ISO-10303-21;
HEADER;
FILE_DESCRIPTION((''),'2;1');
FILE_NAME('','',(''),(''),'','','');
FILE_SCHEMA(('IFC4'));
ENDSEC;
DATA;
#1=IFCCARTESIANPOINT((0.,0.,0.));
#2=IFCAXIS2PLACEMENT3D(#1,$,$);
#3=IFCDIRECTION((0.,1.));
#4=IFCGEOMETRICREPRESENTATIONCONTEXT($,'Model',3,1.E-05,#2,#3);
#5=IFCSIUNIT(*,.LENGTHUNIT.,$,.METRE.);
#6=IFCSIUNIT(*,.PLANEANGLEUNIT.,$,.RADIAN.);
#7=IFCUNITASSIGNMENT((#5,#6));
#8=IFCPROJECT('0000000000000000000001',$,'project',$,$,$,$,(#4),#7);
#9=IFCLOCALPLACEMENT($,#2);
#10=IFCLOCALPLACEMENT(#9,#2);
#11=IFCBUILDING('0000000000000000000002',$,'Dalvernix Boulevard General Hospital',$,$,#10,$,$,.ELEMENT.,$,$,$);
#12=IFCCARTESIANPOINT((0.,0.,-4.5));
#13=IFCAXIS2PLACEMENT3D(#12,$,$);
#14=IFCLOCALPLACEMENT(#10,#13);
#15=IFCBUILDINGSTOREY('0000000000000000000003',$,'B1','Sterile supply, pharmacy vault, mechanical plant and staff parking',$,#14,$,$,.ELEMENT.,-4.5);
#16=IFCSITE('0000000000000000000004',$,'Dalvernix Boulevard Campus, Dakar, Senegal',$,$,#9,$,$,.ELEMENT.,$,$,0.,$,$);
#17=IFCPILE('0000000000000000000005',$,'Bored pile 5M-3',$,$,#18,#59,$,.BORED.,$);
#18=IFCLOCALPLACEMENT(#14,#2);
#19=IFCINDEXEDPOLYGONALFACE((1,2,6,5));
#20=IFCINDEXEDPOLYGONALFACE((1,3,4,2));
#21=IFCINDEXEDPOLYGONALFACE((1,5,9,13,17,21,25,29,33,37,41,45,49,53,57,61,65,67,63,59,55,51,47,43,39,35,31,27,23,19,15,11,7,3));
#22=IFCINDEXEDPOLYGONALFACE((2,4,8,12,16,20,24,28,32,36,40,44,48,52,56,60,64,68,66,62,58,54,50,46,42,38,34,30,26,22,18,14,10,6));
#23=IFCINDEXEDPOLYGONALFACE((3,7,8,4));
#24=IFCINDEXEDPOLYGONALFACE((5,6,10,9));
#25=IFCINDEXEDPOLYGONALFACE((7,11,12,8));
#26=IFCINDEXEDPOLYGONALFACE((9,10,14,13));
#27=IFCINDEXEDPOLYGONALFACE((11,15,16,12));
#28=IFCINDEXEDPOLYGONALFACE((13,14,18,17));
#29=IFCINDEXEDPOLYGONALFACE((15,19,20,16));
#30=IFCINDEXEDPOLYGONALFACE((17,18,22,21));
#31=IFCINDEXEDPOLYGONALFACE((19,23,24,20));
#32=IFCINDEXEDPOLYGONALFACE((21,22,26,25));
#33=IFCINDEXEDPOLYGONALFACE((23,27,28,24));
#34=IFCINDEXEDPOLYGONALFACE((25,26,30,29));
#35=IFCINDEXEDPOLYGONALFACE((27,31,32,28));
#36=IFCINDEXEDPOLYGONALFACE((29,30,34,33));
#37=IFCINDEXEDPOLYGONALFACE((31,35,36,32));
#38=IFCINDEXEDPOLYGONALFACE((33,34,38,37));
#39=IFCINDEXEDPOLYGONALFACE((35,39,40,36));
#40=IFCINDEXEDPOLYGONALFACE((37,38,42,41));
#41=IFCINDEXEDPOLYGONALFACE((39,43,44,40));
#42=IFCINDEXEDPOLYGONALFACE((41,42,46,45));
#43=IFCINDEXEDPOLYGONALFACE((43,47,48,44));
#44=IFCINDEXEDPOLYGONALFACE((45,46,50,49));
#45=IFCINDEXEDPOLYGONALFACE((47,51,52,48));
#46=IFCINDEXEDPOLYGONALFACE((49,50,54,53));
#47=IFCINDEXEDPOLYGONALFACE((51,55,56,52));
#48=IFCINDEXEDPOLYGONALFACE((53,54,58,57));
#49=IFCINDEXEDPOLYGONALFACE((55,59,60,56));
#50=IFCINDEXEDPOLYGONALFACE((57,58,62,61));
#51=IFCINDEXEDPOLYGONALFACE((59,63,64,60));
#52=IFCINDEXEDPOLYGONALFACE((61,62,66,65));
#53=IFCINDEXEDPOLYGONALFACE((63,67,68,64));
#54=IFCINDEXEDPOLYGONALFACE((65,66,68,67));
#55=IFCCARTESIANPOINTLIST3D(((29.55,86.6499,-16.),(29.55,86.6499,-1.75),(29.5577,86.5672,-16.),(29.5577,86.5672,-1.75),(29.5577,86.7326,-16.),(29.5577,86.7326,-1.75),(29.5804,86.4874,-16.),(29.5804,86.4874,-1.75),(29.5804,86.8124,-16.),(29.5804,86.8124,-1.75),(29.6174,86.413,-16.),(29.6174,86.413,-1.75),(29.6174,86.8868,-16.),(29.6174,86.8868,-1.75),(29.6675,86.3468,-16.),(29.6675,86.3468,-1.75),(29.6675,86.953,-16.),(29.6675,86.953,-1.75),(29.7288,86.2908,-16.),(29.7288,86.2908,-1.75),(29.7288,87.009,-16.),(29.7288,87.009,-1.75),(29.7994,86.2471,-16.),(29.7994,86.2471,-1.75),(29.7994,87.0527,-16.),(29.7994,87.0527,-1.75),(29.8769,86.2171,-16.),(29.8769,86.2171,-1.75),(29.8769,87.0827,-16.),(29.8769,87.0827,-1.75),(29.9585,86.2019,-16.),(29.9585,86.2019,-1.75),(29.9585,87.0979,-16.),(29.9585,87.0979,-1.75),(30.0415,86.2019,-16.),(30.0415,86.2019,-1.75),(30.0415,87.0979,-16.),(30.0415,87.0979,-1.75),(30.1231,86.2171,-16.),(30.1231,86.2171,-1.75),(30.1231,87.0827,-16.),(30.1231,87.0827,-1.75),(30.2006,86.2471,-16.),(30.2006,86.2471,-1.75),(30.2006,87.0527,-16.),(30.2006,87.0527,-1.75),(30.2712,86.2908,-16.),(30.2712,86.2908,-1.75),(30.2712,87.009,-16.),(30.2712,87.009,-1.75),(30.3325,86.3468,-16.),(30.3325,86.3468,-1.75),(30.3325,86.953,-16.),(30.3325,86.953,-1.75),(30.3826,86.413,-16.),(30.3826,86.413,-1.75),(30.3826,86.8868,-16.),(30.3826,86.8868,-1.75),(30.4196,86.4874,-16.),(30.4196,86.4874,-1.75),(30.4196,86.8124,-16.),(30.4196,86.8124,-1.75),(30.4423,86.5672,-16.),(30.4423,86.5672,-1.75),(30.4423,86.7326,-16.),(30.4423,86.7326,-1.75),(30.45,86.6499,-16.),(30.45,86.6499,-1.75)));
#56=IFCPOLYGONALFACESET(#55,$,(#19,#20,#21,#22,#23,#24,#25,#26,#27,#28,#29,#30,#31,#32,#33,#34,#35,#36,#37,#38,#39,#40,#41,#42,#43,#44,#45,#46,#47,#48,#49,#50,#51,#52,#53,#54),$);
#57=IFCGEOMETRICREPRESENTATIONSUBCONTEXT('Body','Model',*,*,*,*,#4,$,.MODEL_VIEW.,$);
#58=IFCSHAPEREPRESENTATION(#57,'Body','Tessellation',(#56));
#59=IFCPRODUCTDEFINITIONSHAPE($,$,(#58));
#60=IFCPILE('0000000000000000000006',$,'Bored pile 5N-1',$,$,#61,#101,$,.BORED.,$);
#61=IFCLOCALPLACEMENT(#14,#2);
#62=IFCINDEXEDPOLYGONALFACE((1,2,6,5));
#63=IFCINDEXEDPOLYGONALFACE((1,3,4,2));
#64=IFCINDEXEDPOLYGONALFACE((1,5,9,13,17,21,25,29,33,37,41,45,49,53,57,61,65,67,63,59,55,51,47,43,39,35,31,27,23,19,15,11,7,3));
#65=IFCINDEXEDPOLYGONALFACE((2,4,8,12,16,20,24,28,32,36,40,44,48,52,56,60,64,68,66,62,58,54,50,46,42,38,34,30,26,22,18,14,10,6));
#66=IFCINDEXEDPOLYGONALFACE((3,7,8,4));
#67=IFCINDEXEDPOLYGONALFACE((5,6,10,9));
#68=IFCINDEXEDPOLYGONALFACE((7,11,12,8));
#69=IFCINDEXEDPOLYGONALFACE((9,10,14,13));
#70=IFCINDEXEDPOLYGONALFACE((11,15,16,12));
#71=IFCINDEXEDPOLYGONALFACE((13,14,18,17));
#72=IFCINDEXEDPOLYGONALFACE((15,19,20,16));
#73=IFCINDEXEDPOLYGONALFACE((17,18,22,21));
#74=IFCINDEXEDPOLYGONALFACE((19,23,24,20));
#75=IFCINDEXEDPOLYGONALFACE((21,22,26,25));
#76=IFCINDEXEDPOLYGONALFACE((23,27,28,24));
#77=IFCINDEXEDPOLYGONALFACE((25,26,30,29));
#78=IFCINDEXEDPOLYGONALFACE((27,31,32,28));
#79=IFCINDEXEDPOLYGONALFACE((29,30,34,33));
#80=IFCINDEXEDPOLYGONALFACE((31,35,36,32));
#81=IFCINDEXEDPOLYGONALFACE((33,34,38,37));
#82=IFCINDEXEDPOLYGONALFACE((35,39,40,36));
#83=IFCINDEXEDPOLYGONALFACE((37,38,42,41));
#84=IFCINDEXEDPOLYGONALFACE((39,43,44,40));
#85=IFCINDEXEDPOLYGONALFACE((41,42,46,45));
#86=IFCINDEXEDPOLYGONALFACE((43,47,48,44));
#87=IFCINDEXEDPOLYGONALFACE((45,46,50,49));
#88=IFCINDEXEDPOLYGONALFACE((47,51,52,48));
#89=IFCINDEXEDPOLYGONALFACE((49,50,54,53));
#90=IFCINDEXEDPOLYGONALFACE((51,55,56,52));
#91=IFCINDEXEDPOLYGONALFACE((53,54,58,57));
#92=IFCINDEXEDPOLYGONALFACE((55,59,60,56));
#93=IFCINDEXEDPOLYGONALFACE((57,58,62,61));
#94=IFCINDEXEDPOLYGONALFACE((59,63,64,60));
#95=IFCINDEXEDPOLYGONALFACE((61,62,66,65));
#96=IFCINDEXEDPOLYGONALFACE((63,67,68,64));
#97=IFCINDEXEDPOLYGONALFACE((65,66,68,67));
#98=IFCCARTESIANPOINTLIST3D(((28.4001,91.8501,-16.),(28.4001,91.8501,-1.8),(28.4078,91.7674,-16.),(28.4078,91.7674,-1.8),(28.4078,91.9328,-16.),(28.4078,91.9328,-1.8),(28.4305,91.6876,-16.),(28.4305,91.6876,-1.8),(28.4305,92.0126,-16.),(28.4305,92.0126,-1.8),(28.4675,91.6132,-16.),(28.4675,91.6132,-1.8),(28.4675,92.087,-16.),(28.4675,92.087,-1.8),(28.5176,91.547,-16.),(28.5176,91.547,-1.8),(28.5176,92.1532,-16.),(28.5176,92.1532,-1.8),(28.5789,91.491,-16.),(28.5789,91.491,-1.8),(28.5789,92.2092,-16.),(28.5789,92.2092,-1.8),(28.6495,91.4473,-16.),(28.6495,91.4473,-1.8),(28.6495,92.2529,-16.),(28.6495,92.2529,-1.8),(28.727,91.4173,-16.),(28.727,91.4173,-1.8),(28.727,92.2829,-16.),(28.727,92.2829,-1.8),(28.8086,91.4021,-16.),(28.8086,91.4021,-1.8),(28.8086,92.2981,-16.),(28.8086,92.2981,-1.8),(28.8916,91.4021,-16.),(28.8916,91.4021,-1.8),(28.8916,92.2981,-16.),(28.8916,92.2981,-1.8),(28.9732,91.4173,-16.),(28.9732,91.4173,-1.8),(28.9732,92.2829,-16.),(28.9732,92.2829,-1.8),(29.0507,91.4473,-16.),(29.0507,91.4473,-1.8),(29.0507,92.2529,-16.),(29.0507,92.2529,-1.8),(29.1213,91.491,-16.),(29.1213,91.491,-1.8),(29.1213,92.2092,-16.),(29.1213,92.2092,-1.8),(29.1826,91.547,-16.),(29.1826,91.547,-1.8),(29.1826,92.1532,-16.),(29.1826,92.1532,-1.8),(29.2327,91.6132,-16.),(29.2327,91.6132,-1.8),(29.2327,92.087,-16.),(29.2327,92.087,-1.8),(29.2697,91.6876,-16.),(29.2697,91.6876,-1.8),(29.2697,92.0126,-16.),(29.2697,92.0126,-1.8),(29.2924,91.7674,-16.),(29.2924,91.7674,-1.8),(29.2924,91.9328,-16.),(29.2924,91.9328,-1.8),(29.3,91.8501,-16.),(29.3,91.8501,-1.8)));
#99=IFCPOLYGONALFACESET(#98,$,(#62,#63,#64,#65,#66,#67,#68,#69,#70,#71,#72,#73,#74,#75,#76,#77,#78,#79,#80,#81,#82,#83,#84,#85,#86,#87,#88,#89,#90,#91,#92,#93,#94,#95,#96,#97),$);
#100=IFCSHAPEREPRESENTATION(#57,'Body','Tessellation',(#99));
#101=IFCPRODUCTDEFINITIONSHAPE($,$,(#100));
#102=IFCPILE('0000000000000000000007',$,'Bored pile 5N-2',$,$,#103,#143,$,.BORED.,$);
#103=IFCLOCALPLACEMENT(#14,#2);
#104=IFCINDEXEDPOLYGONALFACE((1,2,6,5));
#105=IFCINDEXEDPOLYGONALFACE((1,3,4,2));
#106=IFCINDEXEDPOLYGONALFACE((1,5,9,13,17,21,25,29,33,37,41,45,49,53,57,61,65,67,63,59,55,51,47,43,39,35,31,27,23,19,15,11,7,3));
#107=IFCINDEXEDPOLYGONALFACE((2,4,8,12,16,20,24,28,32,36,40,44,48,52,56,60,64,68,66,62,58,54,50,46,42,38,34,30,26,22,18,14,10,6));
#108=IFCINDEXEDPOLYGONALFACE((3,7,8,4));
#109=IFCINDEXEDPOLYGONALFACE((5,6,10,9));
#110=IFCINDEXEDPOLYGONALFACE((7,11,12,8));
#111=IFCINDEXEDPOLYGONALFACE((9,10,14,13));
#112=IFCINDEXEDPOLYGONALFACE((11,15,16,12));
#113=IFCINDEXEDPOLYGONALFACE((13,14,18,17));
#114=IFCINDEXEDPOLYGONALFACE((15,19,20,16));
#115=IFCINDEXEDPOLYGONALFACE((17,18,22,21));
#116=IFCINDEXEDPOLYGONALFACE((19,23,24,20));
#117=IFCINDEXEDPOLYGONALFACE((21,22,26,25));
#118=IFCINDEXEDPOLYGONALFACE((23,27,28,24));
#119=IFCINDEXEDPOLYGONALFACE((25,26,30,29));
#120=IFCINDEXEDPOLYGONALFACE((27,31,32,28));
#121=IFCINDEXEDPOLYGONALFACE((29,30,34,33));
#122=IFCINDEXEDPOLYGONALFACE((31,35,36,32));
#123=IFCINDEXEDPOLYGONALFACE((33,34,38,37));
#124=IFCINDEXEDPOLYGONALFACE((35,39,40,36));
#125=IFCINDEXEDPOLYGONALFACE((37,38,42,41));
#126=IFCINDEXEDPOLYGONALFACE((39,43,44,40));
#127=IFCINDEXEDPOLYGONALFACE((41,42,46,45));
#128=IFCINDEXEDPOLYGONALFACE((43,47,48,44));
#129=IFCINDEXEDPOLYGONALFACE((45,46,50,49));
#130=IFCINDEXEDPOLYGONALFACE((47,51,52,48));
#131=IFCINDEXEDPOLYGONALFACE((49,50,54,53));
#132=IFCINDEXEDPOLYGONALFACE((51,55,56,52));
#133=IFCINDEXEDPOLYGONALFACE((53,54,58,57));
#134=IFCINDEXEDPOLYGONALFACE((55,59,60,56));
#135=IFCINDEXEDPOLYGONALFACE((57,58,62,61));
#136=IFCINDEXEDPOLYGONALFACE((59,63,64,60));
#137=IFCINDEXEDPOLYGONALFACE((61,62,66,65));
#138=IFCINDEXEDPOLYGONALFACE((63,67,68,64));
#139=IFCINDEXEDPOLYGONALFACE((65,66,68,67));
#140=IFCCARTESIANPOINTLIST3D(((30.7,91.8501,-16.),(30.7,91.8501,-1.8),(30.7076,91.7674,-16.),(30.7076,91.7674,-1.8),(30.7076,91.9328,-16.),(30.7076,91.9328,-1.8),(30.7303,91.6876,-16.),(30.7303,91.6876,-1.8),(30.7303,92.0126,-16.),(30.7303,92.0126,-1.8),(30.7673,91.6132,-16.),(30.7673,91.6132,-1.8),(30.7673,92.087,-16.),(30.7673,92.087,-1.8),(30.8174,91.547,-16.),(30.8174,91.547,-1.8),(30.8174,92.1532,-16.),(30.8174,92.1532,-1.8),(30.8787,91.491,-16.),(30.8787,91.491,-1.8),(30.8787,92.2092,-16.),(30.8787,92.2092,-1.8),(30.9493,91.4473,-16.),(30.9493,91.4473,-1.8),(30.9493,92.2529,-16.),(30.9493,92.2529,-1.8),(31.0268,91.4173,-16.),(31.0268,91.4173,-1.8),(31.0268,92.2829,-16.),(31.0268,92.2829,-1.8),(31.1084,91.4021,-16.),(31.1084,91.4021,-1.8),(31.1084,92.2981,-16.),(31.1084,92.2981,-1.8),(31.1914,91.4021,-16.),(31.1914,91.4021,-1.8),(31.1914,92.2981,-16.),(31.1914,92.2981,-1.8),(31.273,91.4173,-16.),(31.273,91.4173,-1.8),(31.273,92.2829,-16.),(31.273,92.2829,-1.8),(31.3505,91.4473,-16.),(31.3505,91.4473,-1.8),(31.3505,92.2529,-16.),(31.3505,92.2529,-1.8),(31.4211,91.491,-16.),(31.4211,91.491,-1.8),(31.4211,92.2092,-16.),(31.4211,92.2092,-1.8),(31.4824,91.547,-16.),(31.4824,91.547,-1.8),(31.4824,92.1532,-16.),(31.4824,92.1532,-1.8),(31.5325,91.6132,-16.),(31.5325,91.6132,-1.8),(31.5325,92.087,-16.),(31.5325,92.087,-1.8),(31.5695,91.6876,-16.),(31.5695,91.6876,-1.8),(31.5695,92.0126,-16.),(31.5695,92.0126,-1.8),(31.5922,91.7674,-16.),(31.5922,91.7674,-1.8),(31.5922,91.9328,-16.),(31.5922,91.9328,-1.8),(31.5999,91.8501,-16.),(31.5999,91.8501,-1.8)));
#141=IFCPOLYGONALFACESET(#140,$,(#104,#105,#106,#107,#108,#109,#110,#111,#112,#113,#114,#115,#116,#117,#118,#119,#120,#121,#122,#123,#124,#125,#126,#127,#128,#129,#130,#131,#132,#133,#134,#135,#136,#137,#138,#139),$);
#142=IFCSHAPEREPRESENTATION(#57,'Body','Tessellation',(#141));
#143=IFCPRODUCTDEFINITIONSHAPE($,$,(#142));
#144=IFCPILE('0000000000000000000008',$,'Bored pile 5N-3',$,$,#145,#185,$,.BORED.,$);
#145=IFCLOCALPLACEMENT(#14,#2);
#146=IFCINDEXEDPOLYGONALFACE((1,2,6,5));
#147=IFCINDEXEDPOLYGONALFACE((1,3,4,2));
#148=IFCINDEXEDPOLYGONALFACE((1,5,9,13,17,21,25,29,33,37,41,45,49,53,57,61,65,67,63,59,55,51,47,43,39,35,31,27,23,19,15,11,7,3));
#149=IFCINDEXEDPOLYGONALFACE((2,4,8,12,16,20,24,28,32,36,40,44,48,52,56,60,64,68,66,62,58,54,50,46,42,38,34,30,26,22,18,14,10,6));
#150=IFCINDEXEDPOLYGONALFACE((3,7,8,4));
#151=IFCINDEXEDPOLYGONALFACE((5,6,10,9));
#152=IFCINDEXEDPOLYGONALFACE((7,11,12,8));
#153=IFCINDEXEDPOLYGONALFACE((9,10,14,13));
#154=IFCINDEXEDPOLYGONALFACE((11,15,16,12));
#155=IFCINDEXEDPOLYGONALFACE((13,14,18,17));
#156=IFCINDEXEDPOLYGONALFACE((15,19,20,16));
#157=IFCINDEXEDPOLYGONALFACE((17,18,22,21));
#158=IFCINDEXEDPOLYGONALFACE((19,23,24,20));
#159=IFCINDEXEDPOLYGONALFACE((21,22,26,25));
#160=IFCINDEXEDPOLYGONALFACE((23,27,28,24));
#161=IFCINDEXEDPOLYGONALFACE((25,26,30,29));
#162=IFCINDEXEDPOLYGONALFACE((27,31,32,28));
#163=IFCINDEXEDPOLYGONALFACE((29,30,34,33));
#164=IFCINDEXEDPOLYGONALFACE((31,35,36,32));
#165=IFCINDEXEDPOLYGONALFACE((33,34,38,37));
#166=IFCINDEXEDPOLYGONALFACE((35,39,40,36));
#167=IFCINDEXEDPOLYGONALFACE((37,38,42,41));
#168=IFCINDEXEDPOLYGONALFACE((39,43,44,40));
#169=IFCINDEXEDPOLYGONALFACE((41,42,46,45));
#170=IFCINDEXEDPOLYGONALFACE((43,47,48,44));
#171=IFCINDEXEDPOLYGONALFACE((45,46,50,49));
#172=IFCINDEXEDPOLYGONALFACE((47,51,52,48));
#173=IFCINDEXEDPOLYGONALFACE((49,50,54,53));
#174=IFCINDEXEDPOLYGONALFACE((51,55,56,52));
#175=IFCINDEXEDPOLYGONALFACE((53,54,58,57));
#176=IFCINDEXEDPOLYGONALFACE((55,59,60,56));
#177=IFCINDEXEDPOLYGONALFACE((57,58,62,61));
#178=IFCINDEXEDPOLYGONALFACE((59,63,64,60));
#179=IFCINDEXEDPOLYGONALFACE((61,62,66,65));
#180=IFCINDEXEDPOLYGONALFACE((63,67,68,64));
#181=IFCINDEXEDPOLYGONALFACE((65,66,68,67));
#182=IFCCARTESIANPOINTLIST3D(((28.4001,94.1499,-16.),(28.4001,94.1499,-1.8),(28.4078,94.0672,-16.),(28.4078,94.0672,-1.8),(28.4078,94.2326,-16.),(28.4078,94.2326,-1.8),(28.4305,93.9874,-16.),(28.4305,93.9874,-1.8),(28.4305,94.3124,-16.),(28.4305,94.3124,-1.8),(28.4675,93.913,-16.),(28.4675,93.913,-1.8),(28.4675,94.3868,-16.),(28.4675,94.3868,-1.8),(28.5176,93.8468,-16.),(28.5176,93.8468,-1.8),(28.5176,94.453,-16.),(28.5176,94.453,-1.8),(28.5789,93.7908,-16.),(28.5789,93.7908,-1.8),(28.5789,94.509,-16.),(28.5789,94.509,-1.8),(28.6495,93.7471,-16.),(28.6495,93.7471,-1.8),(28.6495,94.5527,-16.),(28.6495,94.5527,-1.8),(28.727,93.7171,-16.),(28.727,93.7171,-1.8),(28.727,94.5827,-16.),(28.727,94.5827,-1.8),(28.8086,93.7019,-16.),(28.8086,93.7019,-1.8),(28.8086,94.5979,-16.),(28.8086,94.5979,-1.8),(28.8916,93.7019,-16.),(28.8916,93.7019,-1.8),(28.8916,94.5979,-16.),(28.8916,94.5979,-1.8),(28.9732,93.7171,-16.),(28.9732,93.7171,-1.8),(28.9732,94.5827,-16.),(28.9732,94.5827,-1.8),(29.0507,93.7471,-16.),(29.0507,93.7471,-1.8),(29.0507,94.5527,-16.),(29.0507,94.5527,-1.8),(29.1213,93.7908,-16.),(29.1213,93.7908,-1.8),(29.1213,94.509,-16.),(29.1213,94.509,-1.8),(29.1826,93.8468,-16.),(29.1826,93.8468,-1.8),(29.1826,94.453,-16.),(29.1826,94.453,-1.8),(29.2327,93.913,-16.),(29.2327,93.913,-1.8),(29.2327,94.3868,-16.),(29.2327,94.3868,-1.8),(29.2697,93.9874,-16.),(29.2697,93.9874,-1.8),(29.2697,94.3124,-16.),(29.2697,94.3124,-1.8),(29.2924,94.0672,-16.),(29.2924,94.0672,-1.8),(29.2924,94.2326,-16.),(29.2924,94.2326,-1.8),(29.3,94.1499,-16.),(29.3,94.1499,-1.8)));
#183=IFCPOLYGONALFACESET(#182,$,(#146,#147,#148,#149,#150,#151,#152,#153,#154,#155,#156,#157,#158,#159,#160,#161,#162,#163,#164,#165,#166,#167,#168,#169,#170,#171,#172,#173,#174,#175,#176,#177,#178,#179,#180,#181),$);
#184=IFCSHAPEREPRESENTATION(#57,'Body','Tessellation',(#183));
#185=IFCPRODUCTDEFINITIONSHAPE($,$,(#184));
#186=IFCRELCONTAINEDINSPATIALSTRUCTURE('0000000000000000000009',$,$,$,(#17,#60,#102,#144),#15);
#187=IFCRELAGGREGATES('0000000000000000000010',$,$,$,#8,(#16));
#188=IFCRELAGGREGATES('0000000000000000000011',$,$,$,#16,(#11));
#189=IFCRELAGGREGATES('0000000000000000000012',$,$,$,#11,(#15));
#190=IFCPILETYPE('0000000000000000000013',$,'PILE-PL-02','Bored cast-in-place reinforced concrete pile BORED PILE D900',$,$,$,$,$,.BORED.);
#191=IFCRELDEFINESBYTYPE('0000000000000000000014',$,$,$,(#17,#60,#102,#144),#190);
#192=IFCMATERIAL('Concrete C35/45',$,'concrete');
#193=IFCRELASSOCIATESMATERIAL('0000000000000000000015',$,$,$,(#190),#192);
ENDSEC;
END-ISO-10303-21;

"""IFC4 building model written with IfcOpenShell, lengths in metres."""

from ifc_helpers import new_model, si_unit, direction, frame, origin, origin_2d, place, context, subcontext, project, spatial, circle, extrude, material, material_profile, profile_set, type_object, element, save


model = new_model("IFC4")

# Units and contexts
model_context = context("Model", 3, precision=1e-05, world=origin(), true_north=direction((0.0, 1.0)))
body_context = subcontext(model_context, "Body", "Model", "MODEL_VIEW")
ifc_project = project(units=[si_unit("LENGTHUNIT", "METRE"), si_unit("PLANEANGLEUNIT", "RADIAN")], contexts=[model_context])

# Site, building, storey
site_placement = place(None, origin())
site = spatial("IfcSite", under=ifc_project, at=site_placement, Name="Dalvernix Boulevard Campus, Dakar, Senegal", CompositionType="ELEMENT", RefElevation=0.0)
building_placement = place(site_placement, origin())
building = spatial("IfcBuilding", under=site, at=building_placement, Name="Dalvernix Boulevard General Hospital", CompositionType="ELEMENT")
storey_placement = place(building_placement, frame((0.0, 0.0, -4.5)))
storey = spatial("IfcBuildingStorey", under=building, at=storey_placement, Name="B1", Description="Sterile supply, pharmacy vault, mechanical plant and staff parking", CompositionType="ELEMENT", Elevation=-4.5)

# Shared definitions
ifc_material_1 = material(Name="Concrete C35/45", Category="concrete")

# Piles
ifc_material_profile_1 = material_profile(ifc_material_1, circle(Radius=0.45, at=origin_2d()), Name="BORED PILE D900")
ifc_profile_set_1 = profile_set([ifc_material_profile_1], Name="Concrete C35/45")
pile_type_1 = type_object("IfcPileType", Name="PILE-PL-02", Description="Bored cast-in-place reinforced concrete pile BORED PILE D900", PredefinedType="BORED", material=ifc_profile_set_1)
for number, where, z_axis, x_axis, name in (
    (1, (30.0, 86.6499, -1.75), (0.0, 0.0, -1.0), (1.0, 0.0, 0.0), "Bored pile 5M-3"),
):
    element("IfcPile", number, at=place(storey_placement, frame(where, z_axis=z_axis, x_axis=x_axis)), inside=storey, type_object=pile_type_1, Name=name, PredefinedType="BORED", context=body_context, shape_type="SweptSolid", body=[
        extrude(circle(Radius=0.45, at=origin_2d()), origin(), (0.0, 0.0, 1.0), 14.25),
    ])
for number, where, z_axis, x_axis, name in (
    (2, (28.8501, 91.8501, -1.8), (0.0, 0.0, -1.0), (1.0, 0.0, 0.0), "Bored pile 5N-1"),
    (3, (31.1499, 91.8501, -1.8), (0.0, 0.0, -1.0), (1.0, 0.0, 0.0), "Bored pile 5N-2"),
    (4, (28.8501, 94.1499, -1.8), (0.0, 0.0, -1.0), (1.0, 0.0, 0.0), "Bored pile 5N-3"),
):
    element("IfcPile", number, at=place(storey_placement, frame(where, z_axis=z_axis, x_axis=x_axis)), inside=storey, type_object=pile_type_1, Name=name, PredefinedType="BORED", context=body_context, shape_type="SweptSolid", body=[
        extrude(circle(Radius=0.45, at=origin_2d()), origin(), (0.0, 0.0, 1.0), 14.2),
    ])

save(model, "model.ifc")
